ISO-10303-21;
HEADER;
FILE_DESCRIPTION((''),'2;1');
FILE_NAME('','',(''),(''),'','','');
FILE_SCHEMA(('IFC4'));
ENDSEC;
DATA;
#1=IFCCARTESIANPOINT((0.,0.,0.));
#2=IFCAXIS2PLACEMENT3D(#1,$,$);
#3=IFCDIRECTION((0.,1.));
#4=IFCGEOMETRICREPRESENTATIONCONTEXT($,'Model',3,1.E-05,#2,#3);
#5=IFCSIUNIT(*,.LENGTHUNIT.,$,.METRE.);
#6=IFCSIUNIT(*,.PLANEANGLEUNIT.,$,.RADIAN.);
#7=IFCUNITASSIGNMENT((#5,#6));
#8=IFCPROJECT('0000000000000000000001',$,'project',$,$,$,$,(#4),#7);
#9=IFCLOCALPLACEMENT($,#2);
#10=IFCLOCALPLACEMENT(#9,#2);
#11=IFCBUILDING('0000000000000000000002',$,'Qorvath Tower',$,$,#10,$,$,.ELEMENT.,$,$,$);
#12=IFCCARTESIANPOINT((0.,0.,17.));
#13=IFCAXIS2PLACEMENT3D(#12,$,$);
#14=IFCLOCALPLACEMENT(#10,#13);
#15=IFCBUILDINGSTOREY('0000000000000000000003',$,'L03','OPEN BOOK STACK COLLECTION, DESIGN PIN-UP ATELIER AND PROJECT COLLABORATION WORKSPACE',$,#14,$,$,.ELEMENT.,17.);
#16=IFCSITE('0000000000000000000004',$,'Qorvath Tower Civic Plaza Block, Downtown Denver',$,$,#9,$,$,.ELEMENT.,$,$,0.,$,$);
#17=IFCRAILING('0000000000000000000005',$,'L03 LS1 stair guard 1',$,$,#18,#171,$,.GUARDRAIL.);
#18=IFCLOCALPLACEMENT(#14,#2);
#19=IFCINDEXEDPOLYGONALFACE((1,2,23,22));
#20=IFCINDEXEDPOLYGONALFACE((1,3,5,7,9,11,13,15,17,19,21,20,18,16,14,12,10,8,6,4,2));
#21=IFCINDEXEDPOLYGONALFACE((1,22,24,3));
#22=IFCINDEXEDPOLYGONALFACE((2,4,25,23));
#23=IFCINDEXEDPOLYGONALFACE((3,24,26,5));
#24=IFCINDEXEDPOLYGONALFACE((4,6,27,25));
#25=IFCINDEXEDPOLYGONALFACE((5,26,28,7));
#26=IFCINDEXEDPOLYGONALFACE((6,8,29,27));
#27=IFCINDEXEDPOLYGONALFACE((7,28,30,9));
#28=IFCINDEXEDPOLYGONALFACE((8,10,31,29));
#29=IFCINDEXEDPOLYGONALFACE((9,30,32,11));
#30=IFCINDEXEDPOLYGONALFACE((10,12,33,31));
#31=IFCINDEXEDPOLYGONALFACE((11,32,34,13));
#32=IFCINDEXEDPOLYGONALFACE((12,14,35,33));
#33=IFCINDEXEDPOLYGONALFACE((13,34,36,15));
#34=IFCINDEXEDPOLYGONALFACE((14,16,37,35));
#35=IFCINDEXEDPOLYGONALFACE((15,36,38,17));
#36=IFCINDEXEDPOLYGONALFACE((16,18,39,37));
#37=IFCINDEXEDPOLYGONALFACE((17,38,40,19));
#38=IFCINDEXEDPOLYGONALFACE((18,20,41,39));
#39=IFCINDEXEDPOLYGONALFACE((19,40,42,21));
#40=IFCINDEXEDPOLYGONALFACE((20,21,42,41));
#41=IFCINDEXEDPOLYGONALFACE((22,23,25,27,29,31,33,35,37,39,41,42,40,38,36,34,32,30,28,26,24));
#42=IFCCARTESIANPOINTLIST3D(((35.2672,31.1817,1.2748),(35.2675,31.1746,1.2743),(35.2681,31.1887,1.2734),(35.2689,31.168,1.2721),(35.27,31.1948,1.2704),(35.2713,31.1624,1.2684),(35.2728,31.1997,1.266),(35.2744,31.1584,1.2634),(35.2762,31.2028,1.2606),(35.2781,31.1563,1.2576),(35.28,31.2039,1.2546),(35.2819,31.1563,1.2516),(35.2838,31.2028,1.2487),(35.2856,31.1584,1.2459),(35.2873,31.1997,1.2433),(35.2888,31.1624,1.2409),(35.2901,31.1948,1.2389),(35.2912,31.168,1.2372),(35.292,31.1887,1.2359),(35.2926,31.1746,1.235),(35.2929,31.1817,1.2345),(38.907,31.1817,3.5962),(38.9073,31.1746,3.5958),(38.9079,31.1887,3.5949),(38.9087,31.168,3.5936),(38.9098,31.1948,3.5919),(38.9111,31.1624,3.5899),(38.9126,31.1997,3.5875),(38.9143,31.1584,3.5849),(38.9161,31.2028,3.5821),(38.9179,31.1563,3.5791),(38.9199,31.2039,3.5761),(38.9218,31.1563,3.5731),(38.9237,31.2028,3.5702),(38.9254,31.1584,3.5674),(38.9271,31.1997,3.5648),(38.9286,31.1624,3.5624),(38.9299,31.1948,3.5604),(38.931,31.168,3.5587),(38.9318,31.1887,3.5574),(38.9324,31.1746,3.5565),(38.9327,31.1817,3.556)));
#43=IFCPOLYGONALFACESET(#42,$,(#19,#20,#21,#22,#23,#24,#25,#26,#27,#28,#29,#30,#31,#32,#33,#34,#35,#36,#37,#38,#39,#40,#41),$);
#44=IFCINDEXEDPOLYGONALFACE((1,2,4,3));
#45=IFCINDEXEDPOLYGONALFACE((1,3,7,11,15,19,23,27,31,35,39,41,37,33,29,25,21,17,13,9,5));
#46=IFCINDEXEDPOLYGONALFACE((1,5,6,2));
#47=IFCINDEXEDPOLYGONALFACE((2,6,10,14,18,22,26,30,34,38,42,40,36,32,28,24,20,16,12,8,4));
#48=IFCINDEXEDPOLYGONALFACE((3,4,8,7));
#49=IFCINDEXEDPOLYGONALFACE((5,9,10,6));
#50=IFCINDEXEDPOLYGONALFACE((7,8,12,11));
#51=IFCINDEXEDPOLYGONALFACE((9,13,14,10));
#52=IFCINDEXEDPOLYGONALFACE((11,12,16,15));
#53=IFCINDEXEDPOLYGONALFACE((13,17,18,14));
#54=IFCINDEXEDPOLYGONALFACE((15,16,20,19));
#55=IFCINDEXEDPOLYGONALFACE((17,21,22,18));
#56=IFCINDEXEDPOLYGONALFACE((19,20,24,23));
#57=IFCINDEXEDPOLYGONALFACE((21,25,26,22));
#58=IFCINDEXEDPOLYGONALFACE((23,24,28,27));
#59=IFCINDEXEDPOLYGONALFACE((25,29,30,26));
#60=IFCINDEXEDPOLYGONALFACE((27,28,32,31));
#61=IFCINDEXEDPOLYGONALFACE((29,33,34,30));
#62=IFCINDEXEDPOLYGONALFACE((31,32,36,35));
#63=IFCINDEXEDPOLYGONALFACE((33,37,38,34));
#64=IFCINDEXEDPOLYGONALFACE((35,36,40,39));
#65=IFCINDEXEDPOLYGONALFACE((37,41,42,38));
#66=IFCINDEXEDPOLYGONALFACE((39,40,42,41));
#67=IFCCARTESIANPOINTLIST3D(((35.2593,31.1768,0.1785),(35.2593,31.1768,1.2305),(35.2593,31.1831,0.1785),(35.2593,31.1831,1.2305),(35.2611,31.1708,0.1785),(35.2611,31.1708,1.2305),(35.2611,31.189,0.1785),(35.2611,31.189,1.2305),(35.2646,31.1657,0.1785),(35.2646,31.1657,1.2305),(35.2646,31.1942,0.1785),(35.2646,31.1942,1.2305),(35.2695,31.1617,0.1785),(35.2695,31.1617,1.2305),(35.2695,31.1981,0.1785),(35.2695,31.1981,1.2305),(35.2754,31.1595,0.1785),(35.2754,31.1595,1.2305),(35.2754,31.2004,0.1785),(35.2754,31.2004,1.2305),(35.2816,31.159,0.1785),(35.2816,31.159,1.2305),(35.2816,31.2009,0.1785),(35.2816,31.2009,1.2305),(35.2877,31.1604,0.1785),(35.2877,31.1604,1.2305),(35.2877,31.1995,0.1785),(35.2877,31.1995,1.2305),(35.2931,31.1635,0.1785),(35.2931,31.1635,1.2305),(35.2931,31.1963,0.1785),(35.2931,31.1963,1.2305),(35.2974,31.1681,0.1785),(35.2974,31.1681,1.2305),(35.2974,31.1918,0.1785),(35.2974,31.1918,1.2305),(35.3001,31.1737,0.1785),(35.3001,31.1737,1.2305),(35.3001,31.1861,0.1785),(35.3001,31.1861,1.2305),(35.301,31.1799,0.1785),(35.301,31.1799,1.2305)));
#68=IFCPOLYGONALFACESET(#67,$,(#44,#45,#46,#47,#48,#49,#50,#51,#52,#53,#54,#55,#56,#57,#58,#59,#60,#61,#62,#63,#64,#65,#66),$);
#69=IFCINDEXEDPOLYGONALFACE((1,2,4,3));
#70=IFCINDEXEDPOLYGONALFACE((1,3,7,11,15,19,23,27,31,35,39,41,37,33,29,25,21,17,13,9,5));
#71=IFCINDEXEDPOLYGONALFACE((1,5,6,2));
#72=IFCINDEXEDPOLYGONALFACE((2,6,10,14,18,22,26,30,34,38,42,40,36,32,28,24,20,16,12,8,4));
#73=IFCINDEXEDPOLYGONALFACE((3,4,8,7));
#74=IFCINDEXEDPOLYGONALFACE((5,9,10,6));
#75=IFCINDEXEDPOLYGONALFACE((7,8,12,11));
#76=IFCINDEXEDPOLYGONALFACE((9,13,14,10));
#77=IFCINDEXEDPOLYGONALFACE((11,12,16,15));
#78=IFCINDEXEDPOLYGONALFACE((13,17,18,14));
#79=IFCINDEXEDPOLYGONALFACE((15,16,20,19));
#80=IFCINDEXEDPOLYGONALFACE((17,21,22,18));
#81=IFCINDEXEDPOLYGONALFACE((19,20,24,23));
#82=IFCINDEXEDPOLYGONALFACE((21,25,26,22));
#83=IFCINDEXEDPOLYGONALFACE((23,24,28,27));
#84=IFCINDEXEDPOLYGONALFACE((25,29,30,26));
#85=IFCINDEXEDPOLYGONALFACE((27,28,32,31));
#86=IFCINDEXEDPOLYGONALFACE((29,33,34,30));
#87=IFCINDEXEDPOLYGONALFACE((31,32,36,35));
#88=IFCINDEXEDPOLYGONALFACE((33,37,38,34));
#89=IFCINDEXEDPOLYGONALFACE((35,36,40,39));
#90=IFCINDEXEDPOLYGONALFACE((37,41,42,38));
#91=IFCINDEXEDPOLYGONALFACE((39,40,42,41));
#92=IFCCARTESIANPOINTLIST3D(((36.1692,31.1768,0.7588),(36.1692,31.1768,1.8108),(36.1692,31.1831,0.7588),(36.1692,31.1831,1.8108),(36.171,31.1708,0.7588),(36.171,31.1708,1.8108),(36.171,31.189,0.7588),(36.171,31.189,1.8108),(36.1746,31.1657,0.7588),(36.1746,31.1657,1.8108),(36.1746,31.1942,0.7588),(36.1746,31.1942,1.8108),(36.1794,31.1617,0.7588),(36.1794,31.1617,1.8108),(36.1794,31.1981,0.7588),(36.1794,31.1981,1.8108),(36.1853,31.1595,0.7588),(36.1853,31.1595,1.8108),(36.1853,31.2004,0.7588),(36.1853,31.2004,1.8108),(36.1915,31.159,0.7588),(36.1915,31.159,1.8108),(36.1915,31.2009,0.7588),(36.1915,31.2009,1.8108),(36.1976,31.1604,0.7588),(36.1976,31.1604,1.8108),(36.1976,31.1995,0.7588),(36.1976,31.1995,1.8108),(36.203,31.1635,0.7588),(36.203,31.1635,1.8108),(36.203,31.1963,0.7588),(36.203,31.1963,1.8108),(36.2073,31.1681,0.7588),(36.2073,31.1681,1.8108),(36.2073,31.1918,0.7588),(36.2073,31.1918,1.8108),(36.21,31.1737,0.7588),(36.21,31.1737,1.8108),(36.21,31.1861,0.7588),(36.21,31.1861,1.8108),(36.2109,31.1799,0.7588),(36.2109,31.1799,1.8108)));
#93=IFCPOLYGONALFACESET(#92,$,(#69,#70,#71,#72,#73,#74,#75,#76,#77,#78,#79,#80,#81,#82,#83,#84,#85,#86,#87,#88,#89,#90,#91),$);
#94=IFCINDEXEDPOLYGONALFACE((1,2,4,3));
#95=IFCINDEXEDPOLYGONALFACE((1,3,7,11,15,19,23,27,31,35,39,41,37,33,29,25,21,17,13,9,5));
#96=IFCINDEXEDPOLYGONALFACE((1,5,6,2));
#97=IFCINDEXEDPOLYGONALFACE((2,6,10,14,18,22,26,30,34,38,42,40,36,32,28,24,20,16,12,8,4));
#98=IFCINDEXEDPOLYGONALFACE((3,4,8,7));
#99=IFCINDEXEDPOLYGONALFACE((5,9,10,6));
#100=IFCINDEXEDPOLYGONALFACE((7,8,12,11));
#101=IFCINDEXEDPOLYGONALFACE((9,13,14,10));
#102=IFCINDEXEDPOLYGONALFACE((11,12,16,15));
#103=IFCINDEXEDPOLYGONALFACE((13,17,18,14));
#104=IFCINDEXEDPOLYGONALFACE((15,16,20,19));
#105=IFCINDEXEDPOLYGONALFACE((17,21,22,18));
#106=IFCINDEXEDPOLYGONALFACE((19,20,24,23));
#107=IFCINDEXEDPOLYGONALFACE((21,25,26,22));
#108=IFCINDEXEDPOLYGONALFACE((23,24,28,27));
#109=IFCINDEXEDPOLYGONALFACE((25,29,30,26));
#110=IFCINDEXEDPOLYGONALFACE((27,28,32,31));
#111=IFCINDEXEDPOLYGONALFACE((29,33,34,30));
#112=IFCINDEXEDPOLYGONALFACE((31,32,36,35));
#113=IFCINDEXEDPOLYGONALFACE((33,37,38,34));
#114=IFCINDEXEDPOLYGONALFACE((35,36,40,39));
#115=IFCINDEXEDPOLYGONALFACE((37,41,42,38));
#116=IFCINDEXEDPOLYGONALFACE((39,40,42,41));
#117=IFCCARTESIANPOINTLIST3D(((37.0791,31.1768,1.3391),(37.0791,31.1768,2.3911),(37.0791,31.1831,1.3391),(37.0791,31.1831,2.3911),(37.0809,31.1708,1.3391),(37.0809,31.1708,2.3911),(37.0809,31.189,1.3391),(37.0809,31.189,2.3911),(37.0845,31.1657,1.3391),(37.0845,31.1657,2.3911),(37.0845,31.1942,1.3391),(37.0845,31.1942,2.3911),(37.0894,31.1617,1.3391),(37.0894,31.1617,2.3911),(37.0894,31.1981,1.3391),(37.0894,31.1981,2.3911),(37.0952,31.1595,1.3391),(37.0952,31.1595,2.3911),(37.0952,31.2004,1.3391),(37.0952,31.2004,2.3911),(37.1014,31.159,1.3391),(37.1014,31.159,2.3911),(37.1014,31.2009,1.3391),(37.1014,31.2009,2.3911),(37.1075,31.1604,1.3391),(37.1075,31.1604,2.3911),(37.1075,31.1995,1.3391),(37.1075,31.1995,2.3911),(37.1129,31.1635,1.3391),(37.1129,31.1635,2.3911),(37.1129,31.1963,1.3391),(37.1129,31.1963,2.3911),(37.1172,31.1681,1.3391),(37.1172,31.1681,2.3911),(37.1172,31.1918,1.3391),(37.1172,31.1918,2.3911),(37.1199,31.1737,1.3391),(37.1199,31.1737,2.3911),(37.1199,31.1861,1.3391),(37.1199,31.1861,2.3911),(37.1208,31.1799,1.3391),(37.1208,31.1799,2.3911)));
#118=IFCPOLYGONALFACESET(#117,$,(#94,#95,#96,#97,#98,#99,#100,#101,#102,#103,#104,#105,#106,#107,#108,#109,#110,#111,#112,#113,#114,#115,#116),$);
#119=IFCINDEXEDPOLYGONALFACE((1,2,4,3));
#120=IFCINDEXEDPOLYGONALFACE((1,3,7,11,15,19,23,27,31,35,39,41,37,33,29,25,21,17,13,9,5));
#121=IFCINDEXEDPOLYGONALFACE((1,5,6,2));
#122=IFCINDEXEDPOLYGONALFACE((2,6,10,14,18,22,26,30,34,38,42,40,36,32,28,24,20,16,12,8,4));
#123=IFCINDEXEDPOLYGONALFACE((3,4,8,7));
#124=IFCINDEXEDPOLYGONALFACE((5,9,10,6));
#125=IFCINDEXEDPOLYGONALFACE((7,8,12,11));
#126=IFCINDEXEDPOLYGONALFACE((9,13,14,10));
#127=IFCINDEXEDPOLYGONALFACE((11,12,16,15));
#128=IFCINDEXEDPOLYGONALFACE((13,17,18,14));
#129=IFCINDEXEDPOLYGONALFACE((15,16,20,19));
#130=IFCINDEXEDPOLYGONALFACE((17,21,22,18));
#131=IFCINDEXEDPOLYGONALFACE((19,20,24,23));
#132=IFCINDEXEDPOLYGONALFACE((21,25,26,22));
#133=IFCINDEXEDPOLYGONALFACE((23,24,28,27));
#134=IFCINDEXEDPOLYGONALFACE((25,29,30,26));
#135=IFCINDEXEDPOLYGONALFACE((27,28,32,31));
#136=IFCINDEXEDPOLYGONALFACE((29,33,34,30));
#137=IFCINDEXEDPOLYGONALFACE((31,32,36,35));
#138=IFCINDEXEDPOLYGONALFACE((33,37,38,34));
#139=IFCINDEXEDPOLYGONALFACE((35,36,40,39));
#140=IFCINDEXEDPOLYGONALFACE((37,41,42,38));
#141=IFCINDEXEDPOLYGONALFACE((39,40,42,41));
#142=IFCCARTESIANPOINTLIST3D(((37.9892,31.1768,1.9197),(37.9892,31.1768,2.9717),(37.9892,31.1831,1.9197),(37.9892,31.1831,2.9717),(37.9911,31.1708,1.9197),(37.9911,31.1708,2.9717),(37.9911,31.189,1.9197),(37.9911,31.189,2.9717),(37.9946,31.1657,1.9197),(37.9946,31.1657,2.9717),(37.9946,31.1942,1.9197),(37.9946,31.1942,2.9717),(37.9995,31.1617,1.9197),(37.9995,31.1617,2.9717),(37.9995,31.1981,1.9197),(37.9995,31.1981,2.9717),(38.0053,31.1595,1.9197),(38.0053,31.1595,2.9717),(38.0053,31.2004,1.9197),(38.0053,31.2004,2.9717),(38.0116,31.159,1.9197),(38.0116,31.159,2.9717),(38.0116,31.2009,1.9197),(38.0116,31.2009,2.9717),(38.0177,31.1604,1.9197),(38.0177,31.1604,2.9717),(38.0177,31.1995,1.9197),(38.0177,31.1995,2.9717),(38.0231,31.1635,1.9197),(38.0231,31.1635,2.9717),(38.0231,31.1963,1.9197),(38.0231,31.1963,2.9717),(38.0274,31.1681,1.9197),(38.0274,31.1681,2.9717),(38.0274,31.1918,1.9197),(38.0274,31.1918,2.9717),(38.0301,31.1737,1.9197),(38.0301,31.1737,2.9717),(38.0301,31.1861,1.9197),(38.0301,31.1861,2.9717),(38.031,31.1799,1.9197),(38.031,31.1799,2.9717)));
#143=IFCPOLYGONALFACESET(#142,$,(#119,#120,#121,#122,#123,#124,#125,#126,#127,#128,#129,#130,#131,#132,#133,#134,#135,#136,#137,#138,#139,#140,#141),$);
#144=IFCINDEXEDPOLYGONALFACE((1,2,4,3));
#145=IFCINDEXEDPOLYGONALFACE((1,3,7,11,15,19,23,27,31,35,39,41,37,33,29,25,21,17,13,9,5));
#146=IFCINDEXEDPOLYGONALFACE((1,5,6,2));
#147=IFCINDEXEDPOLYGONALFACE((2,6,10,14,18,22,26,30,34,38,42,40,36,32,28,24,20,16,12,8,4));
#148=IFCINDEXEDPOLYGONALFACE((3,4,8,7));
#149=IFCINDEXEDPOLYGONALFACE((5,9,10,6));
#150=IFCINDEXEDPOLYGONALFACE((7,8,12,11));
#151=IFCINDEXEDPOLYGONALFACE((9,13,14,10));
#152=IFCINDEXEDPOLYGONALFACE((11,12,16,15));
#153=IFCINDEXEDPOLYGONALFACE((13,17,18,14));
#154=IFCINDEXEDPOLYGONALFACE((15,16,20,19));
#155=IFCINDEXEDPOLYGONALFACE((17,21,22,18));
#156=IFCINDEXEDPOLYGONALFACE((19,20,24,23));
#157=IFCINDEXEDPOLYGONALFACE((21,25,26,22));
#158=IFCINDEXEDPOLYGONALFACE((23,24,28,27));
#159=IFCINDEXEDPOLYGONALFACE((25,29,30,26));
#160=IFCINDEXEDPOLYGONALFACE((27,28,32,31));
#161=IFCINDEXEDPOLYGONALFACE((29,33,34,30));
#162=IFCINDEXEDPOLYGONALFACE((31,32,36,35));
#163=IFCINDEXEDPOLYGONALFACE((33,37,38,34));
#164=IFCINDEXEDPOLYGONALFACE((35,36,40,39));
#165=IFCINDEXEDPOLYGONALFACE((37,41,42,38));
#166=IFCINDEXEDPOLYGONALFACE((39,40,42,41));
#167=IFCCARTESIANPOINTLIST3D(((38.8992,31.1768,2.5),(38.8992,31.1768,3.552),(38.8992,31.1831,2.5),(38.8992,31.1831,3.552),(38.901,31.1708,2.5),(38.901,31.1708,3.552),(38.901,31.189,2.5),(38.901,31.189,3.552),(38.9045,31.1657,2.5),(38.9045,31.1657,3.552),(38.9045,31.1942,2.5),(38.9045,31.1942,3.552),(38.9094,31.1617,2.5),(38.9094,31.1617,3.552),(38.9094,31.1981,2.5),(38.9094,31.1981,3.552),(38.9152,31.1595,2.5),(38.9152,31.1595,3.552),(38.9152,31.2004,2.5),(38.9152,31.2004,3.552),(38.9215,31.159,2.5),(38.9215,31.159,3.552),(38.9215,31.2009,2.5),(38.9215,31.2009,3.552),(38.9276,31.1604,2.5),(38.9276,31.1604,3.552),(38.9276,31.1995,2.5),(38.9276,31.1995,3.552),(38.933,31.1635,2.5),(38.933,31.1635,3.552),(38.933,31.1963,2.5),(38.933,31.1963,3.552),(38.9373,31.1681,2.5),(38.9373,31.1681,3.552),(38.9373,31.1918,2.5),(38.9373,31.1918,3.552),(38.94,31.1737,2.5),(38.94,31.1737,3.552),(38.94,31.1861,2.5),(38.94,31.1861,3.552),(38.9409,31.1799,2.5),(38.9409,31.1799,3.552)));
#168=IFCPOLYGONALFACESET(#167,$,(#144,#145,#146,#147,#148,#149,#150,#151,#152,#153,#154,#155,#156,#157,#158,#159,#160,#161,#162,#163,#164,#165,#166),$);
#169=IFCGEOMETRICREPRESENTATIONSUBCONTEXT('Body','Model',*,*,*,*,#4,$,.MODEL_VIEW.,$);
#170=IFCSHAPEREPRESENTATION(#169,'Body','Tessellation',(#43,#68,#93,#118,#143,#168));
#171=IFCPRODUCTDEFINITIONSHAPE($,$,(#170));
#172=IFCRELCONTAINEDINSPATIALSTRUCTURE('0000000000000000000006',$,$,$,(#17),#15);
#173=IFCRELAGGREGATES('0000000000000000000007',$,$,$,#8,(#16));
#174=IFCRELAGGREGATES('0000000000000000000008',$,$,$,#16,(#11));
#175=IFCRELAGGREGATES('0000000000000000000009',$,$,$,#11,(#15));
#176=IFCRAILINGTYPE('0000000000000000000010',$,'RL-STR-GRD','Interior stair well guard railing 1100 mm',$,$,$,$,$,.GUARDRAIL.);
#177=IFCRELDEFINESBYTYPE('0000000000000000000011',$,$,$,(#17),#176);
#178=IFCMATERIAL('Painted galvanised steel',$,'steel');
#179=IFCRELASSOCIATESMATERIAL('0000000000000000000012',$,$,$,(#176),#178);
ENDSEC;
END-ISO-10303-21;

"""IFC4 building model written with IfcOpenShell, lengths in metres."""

from ifc_helpers import new_model, si_unit, direction, frame, origin, origin_2d, place, context, subcontext, project, spatial, circle, extrude, material, type_object, element, save


model = new_model("IFC4")

# Units and contexts
model_context = context("Model", 3, precision=1e-05, world=origin(), true_north=direction((0.0, 1.0)))
body_context = subcontext(model_context, "Body", "Model", "MODEL_VIEW")
ifc_project = project(units=[si_unit("LENGTHUNIT", "METRE"), si_unit("PLANEANGLEUNIT", "RADIAN")], contexts=[model_context])

# Site, building, storey
site_placement = place(None, origin())
site = spatial("IfcSite", under=ifc_project, at=site_placement, Name="Qorvath Tower Civic Plaza Block, Downtown Denver", CompositionType="ELEMENT", RefElevation=0.0)
building_placement = place(site_placement, origin())
building = spatial("IfcBuilding", under=site, at=building_placement, Name="Qorvath Tower", CompositionType="ELEMENT")
storey_placement = place(building_placement, frame((0.0, 0.0, 17.0)))
storey = spatial("IfcBuildingStorey", under=building, at=storey_placement, Name="L03", Description="OPEN BOOK STACK COLLECTION, DESIGN PIN-UP ATELIER AND PROJECT COLLABORATION WORKSPACE", CompositionType="ELEMENT", Elevation=17.0)

# Railing
ifc_material_1 = material(Name="Painted galvanised steel", Category="steel")
railing_type_1 = type_object("IfcRailingType", Name="RL-STR-GRD", Description="Interior stair well guard railing 1100 mm", PredefinedType="GUARDRAIL", material=ifc_material_1)
railing_1_placement = place(storey_placement, frame((35.28, 31.1799, 0.1785)))
element("IfcRailing", 1, at=railing_1_placement, inside=storey, type_object=railing_type_1, Name="L03 LS1 stair guard 1", PredefinedType="GUARDRAIL", context=body_context, shape_type="SweptSolid", body=[
    extrude(circle(Radius=0.0239, at=origin_2d()), frame((0.0, 0.0, 1.0762), z_axis=(0.843112, 0.0, 0.537739), x_axis=(0.0, 1.0, 0.0)), (0.0, 0.0, 1.0), 4.3171),
    extrude(circle(Radius=0.021, at=origin_2d()), origin(), (0.0, 0.0, 1.0), 1.052),
    extrude(circle(Radius=0.021, at=origin_2d()), frame((0.9099, 0.0, 0.5803)), (0.0, 0.0, 1.0), 1.052),
    extrude(circle(Radius=0.021, at=origin_2d()), frame((1.8198, 0.0, 1.1606)), (0.0, 0.0, 1.0), 1.052),
    extrude(circle(Radius=0.021, at=origin_2d()), frame((2.73, 0.0, 1.7412)), (0.0, 0.0, 1.0), 1.052),
    extrude(circle(Radius=0.021, at=origin_2d()), frame((3.6399, 0.0, 2.3215)), (0.0, 0.0, 1.0), 1.052),
])

save(model, "model.ifc")
